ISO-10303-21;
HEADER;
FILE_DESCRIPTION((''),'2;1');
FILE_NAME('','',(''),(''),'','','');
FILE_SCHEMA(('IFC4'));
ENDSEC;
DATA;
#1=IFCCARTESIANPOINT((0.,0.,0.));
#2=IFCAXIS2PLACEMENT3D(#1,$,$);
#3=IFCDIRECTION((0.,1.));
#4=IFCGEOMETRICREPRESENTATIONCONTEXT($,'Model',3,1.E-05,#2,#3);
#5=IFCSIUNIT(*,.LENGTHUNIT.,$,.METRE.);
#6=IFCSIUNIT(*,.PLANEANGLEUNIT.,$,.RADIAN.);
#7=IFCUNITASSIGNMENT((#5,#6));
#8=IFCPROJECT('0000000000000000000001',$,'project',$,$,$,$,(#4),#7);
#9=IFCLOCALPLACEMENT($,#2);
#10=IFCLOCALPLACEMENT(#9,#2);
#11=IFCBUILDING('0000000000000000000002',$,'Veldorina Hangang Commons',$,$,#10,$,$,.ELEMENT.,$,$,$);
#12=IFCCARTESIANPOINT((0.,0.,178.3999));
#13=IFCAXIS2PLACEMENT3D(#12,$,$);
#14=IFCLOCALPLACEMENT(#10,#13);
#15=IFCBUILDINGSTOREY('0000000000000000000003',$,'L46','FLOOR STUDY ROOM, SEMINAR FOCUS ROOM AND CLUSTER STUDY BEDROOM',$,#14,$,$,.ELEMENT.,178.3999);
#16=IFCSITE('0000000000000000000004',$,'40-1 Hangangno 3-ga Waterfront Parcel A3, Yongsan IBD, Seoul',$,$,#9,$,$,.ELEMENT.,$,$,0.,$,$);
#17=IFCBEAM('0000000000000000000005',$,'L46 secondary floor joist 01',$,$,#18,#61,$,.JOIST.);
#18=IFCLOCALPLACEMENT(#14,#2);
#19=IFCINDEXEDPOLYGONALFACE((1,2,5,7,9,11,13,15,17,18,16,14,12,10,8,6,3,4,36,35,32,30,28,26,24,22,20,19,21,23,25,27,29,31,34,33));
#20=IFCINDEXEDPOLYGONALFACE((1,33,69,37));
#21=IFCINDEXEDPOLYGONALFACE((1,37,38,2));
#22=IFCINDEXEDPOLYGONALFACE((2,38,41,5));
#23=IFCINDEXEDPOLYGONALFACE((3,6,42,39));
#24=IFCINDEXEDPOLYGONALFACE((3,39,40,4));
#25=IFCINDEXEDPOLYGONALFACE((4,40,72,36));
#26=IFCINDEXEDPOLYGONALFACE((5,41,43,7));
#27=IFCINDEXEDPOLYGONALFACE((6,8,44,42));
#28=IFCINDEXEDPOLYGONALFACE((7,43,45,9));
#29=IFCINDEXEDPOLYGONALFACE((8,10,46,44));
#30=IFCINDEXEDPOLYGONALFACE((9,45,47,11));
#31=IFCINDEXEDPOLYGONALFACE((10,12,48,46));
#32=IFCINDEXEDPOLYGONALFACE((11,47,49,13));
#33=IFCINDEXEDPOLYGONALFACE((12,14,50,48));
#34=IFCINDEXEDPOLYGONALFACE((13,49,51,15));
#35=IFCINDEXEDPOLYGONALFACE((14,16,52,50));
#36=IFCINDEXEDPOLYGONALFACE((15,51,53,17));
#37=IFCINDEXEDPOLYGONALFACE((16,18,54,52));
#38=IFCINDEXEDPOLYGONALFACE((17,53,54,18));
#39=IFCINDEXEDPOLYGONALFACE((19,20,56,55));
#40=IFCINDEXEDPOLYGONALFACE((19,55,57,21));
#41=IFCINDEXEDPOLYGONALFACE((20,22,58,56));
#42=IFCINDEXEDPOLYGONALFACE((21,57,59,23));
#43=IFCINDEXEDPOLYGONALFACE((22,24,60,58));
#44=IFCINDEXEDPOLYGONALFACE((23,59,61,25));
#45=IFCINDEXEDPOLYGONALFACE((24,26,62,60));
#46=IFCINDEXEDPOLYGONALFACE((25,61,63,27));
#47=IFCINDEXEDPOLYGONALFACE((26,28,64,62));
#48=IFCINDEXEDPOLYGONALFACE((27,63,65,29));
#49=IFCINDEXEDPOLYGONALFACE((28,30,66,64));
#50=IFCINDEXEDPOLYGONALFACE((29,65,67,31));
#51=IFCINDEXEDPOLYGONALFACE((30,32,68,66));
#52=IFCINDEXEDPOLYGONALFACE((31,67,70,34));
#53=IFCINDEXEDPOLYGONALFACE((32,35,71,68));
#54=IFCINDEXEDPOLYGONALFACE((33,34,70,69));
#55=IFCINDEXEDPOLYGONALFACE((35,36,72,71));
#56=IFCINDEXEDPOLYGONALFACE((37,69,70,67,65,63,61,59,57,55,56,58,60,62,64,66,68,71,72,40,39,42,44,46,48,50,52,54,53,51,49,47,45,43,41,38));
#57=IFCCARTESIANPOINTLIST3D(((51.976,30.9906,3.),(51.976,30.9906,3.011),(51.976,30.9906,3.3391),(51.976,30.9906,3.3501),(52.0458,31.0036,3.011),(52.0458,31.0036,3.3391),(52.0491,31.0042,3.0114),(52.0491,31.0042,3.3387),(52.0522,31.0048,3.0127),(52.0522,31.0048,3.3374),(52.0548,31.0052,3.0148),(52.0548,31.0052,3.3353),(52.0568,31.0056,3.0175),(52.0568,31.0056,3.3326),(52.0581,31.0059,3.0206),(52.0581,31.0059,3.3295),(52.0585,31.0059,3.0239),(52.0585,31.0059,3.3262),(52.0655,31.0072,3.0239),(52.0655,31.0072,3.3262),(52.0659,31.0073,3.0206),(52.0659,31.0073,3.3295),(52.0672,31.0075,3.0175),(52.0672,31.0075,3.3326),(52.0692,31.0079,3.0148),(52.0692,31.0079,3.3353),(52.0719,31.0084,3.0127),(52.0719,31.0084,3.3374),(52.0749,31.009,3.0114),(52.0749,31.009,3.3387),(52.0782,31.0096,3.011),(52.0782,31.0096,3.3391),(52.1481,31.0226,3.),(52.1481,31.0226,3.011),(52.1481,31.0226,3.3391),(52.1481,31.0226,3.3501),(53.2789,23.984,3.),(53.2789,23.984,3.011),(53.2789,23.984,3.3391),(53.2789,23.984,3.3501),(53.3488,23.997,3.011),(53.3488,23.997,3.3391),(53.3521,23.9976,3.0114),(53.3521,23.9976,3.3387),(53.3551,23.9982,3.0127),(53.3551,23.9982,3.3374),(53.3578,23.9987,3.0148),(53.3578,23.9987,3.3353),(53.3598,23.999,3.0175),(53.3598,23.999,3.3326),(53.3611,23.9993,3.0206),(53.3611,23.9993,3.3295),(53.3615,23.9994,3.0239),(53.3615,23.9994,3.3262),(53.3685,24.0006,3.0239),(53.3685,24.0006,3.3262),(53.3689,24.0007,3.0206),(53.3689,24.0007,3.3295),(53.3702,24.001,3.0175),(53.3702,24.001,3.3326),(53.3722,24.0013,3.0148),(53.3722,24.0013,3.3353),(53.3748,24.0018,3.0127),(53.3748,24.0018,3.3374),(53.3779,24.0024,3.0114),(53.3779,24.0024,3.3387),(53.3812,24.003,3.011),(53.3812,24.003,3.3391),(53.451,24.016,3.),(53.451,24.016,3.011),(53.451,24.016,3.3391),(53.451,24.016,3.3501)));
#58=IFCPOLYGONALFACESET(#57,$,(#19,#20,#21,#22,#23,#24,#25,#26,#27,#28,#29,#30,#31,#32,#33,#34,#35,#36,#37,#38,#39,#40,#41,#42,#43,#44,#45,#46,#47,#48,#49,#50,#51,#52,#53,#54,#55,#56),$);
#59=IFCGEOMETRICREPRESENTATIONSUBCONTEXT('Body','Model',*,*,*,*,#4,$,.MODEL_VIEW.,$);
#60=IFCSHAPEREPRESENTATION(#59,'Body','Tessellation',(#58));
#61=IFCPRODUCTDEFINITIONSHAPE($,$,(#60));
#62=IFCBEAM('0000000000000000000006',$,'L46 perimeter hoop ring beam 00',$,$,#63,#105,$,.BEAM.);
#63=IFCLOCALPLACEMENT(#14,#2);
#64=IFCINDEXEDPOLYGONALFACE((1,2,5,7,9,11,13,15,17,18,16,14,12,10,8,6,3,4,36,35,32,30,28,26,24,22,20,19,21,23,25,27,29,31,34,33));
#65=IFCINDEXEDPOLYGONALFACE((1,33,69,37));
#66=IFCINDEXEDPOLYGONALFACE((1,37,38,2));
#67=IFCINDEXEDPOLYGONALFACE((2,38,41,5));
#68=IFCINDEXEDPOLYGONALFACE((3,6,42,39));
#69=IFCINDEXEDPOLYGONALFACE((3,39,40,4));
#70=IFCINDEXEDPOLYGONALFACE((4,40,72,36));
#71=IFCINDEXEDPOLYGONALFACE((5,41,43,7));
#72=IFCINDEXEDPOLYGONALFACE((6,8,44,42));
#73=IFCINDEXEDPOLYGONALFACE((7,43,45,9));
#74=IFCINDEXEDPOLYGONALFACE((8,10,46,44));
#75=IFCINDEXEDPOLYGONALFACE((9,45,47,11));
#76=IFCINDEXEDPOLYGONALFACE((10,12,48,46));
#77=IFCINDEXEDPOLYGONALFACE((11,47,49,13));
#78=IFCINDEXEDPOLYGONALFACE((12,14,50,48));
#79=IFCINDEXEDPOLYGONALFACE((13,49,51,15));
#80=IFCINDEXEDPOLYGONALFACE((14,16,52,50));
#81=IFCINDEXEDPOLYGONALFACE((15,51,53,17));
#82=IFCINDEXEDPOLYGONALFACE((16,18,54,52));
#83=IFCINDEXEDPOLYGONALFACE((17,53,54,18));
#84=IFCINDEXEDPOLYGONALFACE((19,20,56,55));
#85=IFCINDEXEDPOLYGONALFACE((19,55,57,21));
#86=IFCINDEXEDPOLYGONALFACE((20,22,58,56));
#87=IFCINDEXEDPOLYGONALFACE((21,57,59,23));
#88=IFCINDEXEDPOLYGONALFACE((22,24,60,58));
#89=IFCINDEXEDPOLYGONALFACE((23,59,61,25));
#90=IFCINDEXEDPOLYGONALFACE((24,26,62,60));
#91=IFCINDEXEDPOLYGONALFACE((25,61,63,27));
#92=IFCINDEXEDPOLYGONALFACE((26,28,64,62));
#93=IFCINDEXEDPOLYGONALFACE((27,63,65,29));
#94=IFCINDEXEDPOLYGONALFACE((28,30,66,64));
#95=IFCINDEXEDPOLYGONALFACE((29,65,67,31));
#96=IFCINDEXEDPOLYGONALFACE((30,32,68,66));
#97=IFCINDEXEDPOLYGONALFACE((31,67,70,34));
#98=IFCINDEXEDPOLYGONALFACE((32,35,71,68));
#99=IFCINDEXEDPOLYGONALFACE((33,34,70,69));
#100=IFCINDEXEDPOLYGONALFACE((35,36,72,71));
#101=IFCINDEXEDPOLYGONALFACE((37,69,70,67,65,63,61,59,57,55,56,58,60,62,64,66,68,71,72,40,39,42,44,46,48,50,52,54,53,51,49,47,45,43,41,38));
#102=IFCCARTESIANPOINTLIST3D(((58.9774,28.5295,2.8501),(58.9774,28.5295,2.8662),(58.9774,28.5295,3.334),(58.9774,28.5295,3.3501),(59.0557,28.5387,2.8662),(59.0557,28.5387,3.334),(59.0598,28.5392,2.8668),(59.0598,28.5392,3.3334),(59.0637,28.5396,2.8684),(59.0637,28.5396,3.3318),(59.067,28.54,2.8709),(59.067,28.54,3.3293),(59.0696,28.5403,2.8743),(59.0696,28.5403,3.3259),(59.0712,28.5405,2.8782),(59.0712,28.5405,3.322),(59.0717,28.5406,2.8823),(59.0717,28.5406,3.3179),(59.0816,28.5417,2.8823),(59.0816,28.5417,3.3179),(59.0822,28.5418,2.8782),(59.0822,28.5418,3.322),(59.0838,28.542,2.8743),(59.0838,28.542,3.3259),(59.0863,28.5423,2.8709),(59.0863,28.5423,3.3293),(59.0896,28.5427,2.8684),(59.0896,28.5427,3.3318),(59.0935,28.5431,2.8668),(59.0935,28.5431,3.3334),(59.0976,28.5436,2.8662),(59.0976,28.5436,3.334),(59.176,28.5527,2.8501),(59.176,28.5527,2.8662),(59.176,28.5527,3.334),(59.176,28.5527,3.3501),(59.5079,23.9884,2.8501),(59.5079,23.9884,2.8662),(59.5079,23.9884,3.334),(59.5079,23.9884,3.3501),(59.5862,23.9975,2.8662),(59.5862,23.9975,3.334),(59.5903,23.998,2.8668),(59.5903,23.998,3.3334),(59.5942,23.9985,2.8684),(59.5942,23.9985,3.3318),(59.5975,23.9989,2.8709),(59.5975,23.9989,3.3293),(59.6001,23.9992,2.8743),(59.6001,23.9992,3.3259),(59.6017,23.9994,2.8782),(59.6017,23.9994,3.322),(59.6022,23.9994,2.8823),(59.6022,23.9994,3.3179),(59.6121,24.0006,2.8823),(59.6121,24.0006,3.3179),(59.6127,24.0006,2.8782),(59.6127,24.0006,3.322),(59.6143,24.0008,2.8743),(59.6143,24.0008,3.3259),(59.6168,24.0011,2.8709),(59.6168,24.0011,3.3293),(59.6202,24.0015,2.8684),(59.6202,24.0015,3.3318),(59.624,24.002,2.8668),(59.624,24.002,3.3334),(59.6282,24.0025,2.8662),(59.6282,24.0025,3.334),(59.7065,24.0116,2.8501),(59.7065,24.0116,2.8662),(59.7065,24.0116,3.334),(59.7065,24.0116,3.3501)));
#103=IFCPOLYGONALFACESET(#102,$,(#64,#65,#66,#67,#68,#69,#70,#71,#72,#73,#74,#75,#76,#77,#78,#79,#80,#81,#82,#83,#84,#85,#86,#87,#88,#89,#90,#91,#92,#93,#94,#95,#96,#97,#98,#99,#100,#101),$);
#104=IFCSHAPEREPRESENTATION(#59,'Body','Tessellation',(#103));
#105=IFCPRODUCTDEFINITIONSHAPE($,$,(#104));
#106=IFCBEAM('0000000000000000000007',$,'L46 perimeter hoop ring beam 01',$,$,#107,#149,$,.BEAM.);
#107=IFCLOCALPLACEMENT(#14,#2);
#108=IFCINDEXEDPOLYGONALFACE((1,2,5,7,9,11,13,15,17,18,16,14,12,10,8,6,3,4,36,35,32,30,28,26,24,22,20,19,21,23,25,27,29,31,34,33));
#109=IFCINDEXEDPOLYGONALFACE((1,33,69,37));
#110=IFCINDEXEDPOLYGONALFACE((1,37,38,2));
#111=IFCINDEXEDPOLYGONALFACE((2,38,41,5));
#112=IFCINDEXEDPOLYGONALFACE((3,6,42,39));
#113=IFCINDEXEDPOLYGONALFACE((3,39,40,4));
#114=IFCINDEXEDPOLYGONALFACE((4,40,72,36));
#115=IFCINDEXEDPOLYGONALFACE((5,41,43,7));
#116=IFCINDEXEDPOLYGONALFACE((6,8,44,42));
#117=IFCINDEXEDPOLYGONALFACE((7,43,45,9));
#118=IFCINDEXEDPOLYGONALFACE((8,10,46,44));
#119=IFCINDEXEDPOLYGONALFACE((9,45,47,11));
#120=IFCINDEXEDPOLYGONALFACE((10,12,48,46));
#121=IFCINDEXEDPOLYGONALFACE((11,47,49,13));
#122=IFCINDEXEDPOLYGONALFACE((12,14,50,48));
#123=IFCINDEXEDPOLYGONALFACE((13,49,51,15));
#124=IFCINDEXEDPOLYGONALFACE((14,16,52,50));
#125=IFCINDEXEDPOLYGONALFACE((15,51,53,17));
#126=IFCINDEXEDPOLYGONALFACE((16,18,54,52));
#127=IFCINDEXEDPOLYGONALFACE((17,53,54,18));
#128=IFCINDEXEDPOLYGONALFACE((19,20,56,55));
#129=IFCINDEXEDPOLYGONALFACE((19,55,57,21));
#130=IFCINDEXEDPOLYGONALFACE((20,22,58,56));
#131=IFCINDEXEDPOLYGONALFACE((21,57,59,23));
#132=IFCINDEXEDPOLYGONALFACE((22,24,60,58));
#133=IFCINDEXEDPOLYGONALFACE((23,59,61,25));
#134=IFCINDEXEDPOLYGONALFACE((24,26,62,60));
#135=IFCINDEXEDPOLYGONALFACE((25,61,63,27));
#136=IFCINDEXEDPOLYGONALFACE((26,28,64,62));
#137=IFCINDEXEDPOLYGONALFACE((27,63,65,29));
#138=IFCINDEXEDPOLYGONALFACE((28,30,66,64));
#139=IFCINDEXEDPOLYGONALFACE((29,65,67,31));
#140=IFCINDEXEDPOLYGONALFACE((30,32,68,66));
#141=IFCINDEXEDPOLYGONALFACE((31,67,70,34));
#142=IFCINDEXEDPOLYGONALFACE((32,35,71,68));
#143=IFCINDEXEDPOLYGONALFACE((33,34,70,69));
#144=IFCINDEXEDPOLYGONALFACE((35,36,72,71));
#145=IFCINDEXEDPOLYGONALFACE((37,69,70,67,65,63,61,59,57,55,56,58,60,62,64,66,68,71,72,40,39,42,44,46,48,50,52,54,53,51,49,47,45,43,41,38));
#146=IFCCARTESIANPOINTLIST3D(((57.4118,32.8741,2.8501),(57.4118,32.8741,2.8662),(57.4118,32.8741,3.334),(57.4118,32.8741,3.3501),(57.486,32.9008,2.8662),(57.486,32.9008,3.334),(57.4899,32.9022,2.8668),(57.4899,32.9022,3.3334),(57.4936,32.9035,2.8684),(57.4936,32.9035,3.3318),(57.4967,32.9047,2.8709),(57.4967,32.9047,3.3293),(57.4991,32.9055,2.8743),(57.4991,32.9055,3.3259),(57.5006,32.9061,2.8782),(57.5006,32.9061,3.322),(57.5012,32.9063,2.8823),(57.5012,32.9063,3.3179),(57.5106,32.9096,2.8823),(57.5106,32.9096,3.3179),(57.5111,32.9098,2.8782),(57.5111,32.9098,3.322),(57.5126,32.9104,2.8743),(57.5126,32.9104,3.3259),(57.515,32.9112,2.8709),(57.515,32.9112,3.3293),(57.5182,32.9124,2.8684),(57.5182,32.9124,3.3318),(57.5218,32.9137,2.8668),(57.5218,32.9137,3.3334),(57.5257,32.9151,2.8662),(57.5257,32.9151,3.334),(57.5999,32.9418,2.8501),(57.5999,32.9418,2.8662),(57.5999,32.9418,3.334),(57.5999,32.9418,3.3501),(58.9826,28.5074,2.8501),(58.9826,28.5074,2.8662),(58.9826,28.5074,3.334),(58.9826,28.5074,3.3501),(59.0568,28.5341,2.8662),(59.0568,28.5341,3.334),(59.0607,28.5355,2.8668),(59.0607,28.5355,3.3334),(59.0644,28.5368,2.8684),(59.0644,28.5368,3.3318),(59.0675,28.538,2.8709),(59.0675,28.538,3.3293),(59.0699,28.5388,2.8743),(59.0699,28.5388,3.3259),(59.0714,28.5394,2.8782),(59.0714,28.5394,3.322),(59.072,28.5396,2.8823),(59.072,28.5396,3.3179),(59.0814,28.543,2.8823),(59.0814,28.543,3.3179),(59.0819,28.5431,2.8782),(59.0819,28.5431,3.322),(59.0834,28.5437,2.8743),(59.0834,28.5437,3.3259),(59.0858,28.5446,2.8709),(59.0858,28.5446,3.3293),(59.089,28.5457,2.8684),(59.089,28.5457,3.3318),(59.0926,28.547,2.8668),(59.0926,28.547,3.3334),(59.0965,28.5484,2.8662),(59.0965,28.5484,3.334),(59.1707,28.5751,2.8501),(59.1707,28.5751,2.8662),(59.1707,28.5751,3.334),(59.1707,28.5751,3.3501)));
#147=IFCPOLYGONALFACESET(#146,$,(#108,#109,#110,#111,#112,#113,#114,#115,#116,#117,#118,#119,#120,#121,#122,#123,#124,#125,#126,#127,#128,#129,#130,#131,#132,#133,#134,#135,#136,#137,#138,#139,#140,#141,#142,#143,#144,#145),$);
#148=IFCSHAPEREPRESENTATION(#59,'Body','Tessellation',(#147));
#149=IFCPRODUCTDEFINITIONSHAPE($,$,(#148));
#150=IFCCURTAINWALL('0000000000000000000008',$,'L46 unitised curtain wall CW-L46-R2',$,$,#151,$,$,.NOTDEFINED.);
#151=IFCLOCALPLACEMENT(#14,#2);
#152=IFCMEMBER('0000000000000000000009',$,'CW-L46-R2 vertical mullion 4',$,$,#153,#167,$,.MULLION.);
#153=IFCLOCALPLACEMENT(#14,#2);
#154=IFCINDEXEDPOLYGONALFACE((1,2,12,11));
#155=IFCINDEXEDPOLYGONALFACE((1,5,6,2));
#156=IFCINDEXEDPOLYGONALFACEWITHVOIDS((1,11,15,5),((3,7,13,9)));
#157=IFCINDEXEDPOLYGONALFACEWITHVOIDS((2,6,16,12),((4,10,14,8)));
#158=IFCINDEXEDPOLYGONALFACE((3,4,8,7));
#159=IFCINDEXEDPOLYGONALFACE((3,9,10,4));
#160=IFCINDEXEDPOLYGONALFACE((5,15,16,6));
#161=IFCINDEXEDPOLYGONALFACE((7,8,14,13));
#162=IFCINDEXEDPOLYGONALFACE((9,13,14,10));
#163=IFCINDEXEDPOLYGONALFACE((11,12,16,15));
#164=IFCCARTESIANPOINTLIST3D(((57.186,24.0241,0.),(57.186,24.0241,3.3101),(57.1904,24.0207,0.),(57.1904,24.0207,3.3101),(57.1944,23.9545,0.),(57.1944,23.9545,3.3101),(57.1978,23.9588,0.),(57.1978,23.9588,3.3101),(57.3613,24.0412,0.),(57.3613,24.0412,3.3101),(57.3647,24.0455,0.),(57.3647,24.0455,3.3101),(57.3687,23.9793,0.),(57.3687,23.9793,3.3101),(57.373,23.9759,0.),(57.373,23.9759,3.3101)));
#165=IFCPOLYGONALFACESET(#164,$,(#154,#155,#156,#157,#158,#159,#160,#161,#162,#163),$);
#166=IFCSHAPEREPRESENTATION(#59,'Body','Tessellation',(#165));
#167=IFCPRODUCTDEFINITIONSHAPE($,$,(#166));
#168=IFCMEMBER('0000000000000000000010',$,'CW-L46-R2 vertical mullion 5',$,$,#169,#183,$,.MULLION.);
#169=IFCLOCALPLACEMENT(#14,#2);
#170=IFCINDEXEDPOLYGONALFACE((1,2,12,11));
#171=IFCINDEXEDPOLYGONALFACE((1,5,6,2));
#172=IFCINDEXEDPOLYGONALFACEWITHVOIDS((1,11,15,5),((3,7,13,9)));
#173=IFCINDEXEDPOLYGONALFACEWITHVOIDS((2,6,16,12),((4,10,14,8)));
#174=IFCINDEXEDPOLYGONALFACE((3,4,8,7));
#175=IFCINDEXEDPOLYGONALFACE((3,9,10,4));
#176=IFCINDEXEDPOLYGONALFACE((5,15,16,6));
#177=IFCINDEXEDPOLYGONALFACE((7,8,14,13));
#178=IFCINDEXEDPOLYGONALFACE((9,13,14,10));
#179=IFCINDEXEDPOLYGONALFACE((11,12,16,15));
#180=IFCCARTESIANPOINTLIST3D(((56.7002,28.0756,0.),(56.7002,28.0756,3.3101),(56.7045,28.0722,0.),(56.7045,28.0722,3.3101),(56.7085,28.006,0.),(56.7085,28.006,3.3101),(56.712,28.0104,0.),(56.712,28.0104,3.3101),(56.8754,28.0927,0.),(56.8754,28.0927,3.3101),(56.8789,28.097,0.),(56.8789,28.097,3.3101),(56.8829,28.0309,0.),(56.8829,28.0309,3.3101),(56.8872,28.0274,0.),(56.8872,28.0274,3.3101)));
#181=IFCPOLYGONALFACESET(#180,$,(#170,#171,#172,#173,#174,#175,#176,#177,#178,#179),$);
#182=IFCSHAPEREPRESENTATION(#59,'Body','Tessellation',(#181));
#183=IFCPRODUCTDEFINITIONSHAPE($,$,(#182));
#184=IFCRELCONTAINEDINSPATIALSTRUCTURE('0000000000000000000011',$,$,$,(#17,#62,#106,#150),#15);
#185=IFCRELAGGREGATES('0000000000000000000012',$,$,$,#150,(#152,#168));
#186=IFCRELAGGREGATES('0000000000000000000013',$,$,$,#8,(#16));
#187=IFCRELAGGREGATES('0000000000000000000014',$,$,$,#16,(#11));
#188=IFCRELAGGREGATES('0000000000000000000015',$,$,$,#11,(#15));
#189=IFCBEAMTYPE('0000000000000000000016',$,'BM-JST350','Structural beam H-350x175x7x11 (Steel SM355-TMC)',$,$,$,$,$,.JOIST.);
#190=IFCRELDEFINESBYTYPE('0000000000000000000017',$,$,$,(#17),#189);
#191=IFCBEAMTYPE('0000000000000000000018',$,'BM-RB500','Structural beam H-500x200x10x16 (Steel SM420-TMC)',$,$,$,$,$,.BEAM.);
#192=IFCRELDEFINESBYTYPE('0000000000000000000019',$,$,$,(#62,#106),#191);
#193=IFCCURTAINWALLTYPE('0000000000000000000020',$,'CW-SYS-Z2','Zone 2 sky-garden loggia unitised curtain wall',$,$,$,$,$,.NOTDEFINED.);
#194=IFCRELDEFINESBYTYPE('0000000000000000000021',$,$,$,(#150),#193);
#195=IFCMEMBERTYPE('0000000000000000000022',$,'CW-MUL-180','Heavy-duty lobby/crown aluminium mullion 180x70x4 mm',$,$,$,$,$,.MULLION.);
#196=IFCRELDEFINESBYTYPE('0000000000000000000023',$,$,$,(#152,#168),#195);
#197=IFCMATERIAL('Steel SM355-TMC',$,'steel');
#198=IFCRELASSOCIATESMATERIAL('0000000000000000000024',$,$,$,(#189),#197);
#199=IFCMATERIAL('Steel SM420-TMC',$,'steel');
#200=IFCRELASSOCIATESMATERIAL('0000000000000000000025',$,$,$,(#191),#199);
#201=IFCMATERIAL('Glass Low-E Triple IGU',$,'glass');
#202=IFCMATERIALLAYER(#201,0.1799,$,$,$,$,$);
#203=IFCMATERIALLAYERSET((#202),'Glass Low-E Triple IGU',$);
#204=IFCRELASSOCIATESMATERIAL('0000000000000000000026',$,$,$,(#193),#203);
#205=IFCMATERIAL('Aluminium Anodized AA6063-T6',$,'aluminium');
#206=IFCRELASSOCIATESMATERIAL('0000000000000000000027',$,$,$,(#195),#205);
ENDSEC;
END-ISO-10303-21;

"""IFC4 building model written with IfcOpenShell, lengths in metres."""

from ifc_helpers import new_model, si_unit, direction, frame, origin, origin_2d, place, context, subcontext, project, spatial, hollow_rectangle, i_section, extrude, material, layer, layer_set, material_profile, profile_set, type_object, element, aggregate, save


model = new_model("IFC4")

# Units and contexts
model_context = context("Model", 3, precision=1e-05, world=origin(), true_north=direction((0.0, 1.0)))
body_context = subcontext(model_context, "Body", "Model", "MODEL_VIEW")
ifc_project = project(units=[si_unit("LENGTHUNIT", "METRE"), si_unit("PLANEANGLEUNIT", "RADIAN")], contexts=[model_context])

# Site, building, storey
site_placement = place(None, origin())
site = spatial("IfcSite", under=ifc_project, at=site_placement, Name="40-1 Hangangno 3-ga Waterfront Parcel A3, Yongsan IBD, Seoul", CompositionType="ELEMENT", RefElevation=0.0)
building_placement = place(site_placement, origin())
building = spatial("IfcBuilding", under=site, at=building_placement, Name="Veldorina Hangang Commons", CompositionType="ELEMENT")
storey_placement = place(building_placement, frame((0.0, 0.0, 178.3999)))
storey = spatial("IfcBuildingStorey", under=building, at=storey_placement, Name="L46", Description="FLOOR STUDY ROOM, SEMINAR FOCUS ROOM AND CLUSTER STUDY BEDROOM", CompositionType="ELEMENT", Elevation=178.3999)

# Beams
ifc_material_1 = material(Name="Steel SM355-TMC", Category="steel")
ifc_material_profile_1 = material_profile(ifc_material_1, i_section(OverallWidth=0.175, OverallDepth=0.3501, WebThickness=0.0071, FlangeThickness=0.011, FilletRadius=0.0129, at=origin_2d()), Name="H-350x175x7x11")
ifc_profile_set_1 = profile_set([ifc_material_profile_1], Name="Steel SM355-TMC")
beam_type_1 = type_object("IfcBeamType", Name="BM-JST350", Description="Structural beam H-350x175x7x11 (Steel SM355-TMC)", PredefinedType="JOIST", material=ifc_profile_set_1)
beam_1_placement = place(storey_placement, frame((53.365, 24.0, 3.175), z_axis=(-0.18283, 0.983145, 0.0), x_axis=(-0.983145, -0.18283, 0.0)))
element("IfcBeam", 1, at=beam_1_placement, inside=storey, type_object=beam_type_1, Name="L46 secondary floor joist 01", PredefinedType="JOIST", context=body_context, shape_type="SweptSolid", body=[
    extrude(i_section(OverallWidth=0.175, OverallDepth=0.3501, WebThickness=0.0071, FlangeThickness=0.011, FilletRadius=0.0129, at=origin_2d()), origin(), (0.0, 0.0, 1.0), 7.1267),
])
ifc_material_2 = material(Name="Steel SM420-TMC", Category="steel")
ifc_material_profile_2 = material_profile(ifc_material_2, i_section(OverallWidth=0.2, OverallDepth=0.5, WebThickness=0.01, FlangeThickness=0.0161, FilletRadius=0.0161, at=origin_2d()), Name="H-500x200x10x16")
ifc_profile_set_2 = profile_set([ifc_material_profile_2], Name="Steel SM420-TMC")
beam_type_2 = type_object("IfcBeamType", Name="BM-RB500", Description="Structural beam H-500x200x10x16 (Steel SM420-TMC)", PredefinedType="BEAM", material=ifc_profile_set_2)
beam_2_placement = place(storey_placement, frame((59.6072, 24.0, 3.1001), z_axis=(-0.116033, 0.993245, 0.0), x_axis=(-0.993245, -0.116033, 0.0)))
element("IfcBeam", 2, at=beam_2_placement, inside=storey, type_object=beam_type_2, Name="L46 perimeter hoop ring beam 00", PredefinedType="BEAM", context=body_context, shape_type="SweptSolid", body=[
    extrude(i_section(OverallWidth=0.2, OverallDepth=0.5, WebThickness=0.01, FlangeThickness=0.0161, FilletRadius=0.0161, at=origin_2d()), origin(), (0.0, 0.0, 1.0), 4.572),
])
beam_3_placement = place(storey_placement, frame((59.0767, 28.5413, 3.1001), z_axis=(-0.338488, 0.940971, 0.0), x_axis=(-0.940971, -0.338488, 0.0)))
element("IfcBeam", 3, at=beam_3_placement, inside=storey, type_object=beam_type_2, Name="L46 perimeter hoop ring beam 01", PredefinedType="BEAM", context=body_context, shape_type="SweptSolid", body=[
    extrude(i_section(OverallWidth=0.2, OverallDepth=0.5, WebThickness=0.01, FlangeThickness=0.0161, FilletRadius=0.0161, at=origin_2d()), origin(), (0.0, 0.0, 1.0), 4.6406),
])

# Curtain wall, members
ifc_material_3 = material(Name="Glass Low-E Triple IGU", Category="glass")
ifc_layer_1 = layer(ifc_material_3, 0.1799)
ifc_layer_set_1 = layer_set([ifc_layer_1], Name="Glass Low-E Triple IGU")
curtain_wall_type = type_object("IfcCurtainWallType", Name="CW-SYS-Z2", Description="Zone 2 sky-garden loggia unitised curtain wall", PredefinedType="NOTDEFINED", material=ifc_layer_set_1)
curtain_wall_placement = place(storey_placement, origin())
curtain_wall = element("IfcCurtainWall", 4, at=curtain_wall_placement, inside=storey, type_object=curtain_wall_type, Name="L46 unitised curtain wall CW-L46-R2", PredefinedType="NOTDEFINED")
ifc_material_4 = material(Name="Aluminium Anodized AA6063-T6", Category="aluminium")
ifc_material_profile_3 = material_profile(ifc_material_4, hollow_rectangle(XDim=0.0701, YDim=0.1799, WallThickness=0.0039, at=origin_2d()), Name="ALU-RHS-180x70x4")
ifc_profile_set_3 = profile_set([ifc_material_profile_3], Name="Aluminium Anodized AA6063-T6")
member_type_1 = type_object("IfcMemberType", Name="CW-MUL-180", Description="Heavy-duty lobby/crown aluminium mullion 180x70x4 mm", PredefinedType="MULLION", material=ifc_profile_set_3)
member_1_placement = place(storey_placement, frame((57.2795, 24.0, 0.0), z_axis=(0.0, 0.0, 1.0), x_axis=(-0.119028, 0.992891, 0.0)))
member_1 = element("IfcMember", 5, at=member_1_placement, type_object=member_type_1, Name="CW-L46-R2 vertical mullion 4", PredefinedType="MULLION", context=body_context, shape_type="SweptSolid", body=[
    extrude(hollow_rectangle(XDim=0.0701, YDim=0.1799, WallThickness=0.0039, at=origin_2d()), origin(), (0.0, 0.0, 1.0), 3.3101),
])
member_2_placement = place(storey_placement, frame((56.7937, 28.0515, 0.0), z_axis=(0.0, 0.0, 1.0), x_axis=(0.119028, -0.992891, 0.0)))
member_2 = element("IfcMember", 6, at=member_2_placement, type_object=member_type_1, Name="CW-L46-R2 vertical mullion 5", PredefinedType="MULLION", context=body_context, shape_type="SweptSolid", body=[
    extrude(hollow_rectangle(XDim=0.0701, YDim=0.1799, WallThickness=0.0039, at=origin_2d()), origin(), (0.0, 0.0, 1.0), 3.3101),
])

aggregate(curtain_wall, [member_1, member_2])

save(model, "model.ifc")
